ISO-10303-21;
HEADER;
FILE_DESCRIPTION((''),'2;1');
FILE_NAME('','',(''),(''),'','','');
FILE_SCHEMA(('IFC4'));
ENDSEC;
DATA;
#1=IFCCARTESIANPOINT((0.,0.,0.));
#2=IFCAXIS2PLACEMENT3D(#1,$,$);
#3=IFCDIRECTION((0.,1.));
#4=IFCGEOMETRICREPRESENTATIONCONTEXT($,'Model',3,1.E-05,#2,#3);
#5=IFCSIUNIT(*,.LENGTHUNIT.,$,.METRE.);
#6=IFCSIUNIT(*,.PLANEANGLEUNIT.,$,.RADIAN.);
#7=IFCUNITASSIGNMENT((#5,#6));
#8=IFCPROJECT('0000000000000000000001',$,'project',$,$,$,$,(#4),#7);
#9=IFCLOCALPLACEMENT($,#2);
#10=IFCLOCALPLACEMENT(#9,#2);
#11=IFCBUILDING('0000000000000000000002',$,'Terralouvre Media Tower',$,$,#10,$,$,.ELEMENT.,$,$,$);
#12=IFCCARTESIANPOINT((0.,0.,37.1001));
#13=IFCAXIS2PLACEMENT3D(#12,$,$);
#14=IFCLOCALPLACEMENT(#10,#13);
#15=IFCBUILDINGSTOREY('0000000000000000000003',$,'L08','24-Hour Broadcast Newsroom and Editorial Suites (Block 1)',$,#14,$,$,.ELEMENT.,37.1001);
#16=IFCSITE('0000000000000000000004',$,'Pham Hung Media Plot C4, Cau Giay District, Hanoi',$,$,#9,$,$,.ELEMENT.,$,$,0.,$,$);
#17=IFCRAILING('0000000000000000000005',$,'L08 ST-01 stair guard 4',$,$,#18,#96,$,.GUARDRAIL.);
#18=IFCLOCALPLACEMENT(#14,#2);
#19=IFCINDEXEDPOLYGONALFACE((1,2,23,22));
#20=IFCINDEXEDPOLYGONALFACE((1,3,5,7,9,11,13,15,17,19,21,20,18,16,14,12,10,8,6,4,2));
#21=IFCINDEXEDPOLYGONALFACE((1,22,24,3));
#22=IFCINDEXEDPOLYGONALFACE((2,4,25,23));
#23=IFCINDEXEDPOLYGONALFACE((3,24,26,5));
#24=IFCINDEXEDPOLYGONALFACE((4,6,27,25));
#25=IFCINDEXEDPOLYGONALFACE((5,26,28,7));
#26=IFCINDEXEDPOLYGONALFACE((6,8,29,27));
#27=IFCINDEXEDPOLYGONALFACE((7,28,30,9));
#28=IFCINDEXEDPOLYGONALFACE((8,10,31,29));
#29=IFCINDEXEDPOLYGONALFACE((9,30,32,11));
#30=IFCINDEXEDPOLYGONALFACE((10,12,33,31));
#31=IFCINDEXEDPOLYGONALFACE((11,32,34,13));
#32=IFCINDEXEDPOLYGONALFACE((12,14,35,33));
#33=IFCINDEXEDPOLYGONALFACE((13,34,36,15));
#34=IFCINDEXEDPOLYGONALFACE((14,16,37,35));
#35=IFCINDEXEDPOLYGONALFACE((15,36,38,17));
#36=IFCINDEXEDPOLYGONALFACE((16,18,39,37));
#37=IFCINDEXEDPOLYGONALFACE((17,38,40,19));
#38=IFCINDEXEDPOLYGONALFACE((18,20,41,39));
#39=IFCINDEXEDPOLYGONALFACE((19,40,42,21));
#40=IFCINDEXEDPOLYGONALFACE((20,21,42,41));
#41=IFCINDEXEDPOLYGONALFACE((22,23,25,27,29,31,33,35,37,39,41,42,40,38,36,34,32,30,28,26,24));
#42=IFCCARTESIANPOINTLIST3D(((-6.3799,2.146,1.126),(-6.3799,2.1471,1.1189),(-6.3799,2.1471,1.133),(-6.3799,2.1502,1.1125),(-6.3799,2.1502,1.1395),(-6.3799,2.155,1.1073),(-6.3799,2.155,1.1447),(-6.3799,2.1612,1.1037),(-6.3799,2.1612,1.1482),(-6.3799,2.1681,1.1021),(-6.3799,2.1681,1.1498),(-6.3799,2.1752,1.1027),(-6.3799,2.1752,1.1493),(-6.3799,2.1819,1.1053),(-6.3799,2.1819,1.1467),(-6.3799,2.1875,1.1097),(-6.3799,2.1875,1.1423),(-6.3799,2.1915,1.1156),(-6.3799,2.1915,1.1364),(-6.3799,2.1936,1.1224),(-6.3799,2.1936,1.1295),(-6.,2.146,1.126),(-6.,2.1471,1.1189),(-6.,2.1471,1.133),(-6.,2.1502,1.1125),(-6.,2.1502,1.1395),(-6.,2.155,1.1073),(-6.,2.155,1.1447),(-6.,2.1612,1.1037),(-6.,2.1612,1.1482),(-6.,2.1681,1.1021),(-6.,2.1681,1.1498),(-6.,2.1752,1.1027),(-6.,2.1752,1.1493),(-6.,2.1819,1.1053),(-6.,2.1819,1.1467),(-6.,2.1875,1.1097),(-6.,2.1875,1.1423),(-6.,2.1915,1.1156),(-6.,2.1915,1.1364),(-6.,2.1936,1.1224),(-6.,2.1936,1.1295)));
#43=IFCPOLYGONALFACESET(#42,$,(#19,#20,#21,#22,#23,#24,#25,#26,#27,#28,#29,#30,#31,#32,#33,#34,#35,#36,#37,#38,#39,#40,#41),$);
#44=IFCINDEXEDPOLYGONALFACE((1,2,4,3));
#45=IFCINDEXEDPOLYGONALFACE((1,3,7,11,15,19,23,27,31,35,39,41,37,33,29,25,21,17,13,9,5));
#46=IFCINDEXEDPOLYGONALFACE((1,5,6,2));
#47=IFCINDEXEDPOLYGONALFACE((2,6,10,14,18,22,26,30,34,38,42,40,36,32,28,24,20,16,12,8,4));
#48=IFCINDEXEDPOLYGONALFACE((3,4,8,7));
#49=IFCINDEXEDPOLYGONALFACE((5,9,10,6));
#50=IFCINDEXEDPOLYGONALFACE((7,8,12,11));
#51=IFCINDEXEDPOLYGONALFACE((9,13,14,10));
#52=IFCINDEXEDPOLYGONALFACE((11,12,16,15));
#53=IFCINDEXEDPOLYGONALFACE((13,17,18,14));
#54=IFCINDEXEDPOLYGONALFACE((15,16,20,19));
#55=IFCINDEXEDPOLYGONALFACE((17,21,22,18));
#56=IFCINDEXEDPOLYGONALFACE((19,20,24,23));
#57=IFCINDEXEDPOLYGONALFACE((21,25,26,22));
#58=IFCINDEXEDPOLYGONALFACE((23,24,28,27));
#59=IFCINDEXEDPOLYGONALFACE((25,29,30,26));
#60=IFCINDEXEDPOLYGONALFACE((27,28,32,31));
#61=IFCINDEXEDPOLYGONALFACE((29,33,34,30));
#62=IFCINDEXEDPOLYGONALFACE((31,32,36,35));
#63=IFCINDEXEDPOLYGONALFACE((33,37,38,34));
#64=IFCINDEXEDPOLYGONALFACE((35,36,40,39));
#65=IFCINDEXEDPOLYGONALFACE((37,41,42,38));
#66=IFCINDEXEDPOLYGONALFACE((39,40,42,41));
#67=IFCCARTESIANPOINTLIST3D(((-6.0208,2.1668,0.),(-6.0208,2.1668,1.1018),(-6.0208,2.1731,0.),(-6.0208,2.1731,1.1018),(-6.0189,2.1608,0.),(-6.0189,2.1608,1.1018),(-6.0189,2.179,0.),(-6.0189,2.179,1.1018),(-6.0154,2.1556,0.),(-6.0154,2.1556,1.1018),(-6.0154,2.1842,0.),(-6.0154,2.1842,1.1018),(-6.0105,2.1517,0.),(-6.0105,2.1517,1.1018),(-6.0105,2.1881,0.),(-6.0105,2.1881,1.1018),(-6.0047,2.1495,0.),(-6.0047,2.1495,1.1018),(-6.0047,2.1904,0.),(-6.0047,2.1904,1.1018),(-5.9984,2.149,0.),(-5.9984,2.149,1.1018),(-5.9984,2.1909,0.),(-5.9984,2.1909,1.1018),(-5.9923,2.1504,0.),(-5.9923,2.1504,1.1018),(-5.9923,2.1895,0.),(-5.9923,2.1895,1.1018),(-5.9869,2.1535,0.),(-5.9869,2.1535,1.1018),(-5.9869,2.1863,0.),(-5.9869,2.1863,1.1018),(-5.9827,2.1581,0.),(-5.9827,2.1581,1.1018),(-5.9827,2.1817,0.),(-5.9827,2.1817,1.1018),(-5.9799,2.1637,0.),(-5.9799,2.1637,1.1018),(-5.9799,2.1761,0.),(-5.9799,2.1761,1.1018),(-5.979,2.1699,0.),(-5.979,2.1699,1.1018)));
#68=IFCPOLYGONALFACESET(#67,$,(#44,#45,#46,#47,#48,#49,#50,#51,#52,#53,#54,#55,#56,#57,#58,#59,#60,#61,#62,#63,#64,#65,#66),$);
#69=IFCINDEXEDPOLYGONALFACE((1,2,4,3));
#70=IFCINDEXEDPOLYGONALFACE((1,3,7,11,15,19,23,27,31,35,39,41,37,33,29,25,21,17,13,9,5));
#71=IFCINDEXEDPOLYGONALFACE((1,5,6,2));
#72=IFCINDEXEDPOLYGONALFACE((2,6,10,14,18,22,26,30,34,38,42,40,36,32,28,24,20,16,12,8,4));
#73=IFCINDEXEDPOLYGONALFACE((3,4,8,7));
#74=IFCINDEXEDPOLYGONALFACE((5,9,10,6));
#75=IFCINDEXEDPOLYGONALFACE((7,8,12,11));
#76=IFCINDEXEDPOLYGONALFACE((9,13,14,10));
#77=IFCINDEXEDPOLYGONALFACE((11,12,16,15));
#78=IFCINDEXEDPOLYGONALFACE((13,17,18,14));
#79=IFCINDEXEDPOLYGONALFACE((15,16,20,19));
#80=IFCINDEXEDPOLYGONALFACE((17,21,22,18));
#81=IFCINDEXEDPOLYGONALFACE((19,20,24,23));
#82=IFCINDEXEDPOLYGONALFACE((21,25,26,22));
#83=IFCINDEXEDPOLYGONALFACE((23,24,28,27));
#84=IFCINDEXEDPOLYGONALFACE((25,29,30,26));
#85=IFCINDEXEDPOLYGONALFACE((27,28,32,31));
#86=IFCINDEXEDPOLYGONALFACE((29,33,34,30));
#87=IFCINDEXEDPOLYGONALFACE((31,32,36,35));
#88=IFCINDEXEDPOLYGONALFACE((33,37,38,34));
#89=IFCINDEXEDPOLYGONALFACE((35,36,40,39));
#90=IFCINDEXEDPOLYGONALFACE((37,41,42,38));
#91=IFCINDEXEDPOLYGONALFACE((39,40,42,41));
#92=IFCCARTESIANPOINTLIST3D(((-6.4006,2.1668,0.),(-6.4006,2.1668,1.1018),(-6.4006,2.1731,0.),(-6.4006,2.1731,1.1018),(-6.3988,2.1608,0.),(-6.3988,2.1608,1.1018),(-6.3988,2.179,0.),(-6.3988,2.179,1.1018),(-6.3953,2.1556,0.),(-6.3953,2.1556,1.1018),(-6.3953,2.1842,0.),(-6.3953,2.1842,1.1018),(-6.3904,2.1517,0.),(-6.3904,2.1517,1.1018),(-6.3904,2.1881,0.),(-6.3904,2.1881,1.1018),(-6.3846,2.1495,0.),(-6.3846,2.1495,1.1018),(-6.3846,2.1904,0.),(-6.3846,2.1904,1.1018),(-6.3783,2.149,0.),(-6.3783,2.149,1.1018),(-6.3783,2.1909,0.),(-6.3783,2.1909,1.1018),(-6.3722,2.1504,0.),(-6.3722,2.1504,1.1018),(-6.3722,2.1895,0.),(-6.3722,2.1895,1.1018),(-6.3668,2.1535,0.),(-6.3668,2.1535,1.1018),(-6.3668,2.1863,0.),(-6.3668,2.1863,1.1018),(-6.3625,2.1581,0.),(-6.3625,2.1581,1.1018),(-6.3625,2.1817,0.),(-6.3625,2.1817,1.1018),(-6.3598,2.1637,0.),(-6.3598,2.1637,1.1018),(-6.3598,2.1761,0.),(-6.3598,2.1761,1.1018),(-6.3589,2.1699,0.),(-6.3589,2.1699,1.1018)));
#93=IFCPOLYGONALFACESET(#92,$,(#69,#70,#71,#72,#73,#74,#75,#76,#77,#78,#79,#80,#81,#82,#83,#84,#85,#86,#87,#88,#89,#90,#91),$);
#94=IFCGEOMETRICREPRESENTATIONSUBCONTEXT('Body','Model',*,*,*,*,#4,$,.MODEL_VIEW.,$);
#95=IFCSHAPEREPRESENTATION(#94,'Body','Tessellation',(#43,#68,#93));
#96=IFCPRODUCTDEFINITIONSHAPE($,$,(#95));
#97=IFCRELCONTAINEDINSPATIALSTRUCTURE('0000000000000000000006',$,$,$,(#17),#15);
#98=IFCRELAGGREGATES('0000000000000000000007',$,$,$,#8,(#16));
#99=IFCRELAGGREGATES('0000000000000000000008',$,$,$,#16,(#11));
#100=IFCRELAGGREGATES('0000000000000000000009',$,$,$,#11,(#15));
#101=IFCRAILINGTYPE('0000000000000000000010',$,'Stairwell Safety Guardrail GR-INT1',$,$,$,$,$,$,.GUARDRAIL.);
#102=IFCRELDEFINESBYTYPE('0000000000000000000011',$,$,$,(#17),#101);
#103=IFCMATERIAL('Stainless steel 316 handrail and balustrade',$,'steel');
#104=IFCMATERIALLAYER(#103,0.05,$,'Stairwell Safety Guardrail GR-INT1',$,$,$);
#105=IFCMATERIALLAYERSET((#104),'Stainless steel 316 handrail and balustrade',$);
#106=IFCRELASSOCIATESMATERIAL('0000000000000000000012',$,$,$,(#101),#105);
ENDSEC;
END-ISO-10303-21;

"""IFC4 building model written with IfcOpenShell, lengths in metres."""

from ifc_helpers import new_model, si_unit, direction, frame, origin, origin_2d, place, context, subcontext, project, spatial, circle, extrude, material, layer, layer_set, type_object, element, save


model = new_model("IFC4")

# Units and contexts
model_context = context("Model", 3, precision=1e-05, world=origin(), true_north=direction((0.0, 1.0)))
body_context = subcontext(model_context, "Body", "Model", "MODEL_VIEW")
ifc_project = project(units=[si_unit("LENGTHUNIT", "METRE"), si_unit("PLANEANGLEUNIT", "RADIAN")], contexts=[model_context])

# Site, building, storey
site_placement = place(None, origin())
site = spatial("IfcSite", under=ifc_project, at=site_placement, Name="Pham Hung Media Plot C4, Cau Giay District, Hanoi", CompositionType="ELEMENT", RefElevation=0.0)
building_placement = place(site_placement, origin())
building = spatial("IfcBuilding", under=site, at=building_placement, Name="Terralouvre Media Tower", CompositionType="ELEMENT")
storey_placement = place(building_placement, frame((0.0, 0.0, 37.1001)))
storey = spatial("IfcBuildingStorey", under=building, at=storey_placement, Name="L08", Description="24-Hour Broadcast Newsroom and Editorial Suites (Block 1)", CompositionType="ELEMENT", Elevation=37.1001)

# Railing
ifc_material_1 = material(Name="Stainless steel 316 handrail and balustrade", Category="steel")
ifc_layer_1 = layer(ifc_material_1, 0.05, Name="Stairwell Safety Guardrail GR-INT1")
ifc_layer_set_1 = layer_set([ifc_layer_1], Name="Stainless steel 316 handrail and balustrade")
railing_type_1 = type_object("IfcRailingType", Name="Stairwell Safety Guardrail GR-INT1", PredefinedType="GUARDRAIL", material=ifc_layer_set_1)
railing_1_placement = place(storey_placement, frame((-6.0, 2.1699, 0.0)))
element("IfcRailing", 1, at=railing_1_placement, inside=storey, type_object=railing_type_1, Name="L08 ST-01 stair guard 4", PredefinedType="GUARDRAIL", context=body_context, shape_type="SweptSolid", body=[
    extrude(circle(Radius=0.0239, at=origin_2d()), frame((0.0, 0.0, 1.126), z_axis=(-1.0, 0.0, 0.0), x_axis=(0.0, -1.0, 0.0)), (0.0, 0.0, 1.0), 0.3799),
    extrude(circle(Radius=0.021, at=origin_2d()), origin(), (0.0, 0.0, 1.0), 1.1018),
    extrude(circle(Radius=0.021, at=origin_2d()), frame((-0.3799, 0.0, 0.0)), (0.0, 0.0, 1.0), 1.1018),
])

save(model, "model.ifc")
